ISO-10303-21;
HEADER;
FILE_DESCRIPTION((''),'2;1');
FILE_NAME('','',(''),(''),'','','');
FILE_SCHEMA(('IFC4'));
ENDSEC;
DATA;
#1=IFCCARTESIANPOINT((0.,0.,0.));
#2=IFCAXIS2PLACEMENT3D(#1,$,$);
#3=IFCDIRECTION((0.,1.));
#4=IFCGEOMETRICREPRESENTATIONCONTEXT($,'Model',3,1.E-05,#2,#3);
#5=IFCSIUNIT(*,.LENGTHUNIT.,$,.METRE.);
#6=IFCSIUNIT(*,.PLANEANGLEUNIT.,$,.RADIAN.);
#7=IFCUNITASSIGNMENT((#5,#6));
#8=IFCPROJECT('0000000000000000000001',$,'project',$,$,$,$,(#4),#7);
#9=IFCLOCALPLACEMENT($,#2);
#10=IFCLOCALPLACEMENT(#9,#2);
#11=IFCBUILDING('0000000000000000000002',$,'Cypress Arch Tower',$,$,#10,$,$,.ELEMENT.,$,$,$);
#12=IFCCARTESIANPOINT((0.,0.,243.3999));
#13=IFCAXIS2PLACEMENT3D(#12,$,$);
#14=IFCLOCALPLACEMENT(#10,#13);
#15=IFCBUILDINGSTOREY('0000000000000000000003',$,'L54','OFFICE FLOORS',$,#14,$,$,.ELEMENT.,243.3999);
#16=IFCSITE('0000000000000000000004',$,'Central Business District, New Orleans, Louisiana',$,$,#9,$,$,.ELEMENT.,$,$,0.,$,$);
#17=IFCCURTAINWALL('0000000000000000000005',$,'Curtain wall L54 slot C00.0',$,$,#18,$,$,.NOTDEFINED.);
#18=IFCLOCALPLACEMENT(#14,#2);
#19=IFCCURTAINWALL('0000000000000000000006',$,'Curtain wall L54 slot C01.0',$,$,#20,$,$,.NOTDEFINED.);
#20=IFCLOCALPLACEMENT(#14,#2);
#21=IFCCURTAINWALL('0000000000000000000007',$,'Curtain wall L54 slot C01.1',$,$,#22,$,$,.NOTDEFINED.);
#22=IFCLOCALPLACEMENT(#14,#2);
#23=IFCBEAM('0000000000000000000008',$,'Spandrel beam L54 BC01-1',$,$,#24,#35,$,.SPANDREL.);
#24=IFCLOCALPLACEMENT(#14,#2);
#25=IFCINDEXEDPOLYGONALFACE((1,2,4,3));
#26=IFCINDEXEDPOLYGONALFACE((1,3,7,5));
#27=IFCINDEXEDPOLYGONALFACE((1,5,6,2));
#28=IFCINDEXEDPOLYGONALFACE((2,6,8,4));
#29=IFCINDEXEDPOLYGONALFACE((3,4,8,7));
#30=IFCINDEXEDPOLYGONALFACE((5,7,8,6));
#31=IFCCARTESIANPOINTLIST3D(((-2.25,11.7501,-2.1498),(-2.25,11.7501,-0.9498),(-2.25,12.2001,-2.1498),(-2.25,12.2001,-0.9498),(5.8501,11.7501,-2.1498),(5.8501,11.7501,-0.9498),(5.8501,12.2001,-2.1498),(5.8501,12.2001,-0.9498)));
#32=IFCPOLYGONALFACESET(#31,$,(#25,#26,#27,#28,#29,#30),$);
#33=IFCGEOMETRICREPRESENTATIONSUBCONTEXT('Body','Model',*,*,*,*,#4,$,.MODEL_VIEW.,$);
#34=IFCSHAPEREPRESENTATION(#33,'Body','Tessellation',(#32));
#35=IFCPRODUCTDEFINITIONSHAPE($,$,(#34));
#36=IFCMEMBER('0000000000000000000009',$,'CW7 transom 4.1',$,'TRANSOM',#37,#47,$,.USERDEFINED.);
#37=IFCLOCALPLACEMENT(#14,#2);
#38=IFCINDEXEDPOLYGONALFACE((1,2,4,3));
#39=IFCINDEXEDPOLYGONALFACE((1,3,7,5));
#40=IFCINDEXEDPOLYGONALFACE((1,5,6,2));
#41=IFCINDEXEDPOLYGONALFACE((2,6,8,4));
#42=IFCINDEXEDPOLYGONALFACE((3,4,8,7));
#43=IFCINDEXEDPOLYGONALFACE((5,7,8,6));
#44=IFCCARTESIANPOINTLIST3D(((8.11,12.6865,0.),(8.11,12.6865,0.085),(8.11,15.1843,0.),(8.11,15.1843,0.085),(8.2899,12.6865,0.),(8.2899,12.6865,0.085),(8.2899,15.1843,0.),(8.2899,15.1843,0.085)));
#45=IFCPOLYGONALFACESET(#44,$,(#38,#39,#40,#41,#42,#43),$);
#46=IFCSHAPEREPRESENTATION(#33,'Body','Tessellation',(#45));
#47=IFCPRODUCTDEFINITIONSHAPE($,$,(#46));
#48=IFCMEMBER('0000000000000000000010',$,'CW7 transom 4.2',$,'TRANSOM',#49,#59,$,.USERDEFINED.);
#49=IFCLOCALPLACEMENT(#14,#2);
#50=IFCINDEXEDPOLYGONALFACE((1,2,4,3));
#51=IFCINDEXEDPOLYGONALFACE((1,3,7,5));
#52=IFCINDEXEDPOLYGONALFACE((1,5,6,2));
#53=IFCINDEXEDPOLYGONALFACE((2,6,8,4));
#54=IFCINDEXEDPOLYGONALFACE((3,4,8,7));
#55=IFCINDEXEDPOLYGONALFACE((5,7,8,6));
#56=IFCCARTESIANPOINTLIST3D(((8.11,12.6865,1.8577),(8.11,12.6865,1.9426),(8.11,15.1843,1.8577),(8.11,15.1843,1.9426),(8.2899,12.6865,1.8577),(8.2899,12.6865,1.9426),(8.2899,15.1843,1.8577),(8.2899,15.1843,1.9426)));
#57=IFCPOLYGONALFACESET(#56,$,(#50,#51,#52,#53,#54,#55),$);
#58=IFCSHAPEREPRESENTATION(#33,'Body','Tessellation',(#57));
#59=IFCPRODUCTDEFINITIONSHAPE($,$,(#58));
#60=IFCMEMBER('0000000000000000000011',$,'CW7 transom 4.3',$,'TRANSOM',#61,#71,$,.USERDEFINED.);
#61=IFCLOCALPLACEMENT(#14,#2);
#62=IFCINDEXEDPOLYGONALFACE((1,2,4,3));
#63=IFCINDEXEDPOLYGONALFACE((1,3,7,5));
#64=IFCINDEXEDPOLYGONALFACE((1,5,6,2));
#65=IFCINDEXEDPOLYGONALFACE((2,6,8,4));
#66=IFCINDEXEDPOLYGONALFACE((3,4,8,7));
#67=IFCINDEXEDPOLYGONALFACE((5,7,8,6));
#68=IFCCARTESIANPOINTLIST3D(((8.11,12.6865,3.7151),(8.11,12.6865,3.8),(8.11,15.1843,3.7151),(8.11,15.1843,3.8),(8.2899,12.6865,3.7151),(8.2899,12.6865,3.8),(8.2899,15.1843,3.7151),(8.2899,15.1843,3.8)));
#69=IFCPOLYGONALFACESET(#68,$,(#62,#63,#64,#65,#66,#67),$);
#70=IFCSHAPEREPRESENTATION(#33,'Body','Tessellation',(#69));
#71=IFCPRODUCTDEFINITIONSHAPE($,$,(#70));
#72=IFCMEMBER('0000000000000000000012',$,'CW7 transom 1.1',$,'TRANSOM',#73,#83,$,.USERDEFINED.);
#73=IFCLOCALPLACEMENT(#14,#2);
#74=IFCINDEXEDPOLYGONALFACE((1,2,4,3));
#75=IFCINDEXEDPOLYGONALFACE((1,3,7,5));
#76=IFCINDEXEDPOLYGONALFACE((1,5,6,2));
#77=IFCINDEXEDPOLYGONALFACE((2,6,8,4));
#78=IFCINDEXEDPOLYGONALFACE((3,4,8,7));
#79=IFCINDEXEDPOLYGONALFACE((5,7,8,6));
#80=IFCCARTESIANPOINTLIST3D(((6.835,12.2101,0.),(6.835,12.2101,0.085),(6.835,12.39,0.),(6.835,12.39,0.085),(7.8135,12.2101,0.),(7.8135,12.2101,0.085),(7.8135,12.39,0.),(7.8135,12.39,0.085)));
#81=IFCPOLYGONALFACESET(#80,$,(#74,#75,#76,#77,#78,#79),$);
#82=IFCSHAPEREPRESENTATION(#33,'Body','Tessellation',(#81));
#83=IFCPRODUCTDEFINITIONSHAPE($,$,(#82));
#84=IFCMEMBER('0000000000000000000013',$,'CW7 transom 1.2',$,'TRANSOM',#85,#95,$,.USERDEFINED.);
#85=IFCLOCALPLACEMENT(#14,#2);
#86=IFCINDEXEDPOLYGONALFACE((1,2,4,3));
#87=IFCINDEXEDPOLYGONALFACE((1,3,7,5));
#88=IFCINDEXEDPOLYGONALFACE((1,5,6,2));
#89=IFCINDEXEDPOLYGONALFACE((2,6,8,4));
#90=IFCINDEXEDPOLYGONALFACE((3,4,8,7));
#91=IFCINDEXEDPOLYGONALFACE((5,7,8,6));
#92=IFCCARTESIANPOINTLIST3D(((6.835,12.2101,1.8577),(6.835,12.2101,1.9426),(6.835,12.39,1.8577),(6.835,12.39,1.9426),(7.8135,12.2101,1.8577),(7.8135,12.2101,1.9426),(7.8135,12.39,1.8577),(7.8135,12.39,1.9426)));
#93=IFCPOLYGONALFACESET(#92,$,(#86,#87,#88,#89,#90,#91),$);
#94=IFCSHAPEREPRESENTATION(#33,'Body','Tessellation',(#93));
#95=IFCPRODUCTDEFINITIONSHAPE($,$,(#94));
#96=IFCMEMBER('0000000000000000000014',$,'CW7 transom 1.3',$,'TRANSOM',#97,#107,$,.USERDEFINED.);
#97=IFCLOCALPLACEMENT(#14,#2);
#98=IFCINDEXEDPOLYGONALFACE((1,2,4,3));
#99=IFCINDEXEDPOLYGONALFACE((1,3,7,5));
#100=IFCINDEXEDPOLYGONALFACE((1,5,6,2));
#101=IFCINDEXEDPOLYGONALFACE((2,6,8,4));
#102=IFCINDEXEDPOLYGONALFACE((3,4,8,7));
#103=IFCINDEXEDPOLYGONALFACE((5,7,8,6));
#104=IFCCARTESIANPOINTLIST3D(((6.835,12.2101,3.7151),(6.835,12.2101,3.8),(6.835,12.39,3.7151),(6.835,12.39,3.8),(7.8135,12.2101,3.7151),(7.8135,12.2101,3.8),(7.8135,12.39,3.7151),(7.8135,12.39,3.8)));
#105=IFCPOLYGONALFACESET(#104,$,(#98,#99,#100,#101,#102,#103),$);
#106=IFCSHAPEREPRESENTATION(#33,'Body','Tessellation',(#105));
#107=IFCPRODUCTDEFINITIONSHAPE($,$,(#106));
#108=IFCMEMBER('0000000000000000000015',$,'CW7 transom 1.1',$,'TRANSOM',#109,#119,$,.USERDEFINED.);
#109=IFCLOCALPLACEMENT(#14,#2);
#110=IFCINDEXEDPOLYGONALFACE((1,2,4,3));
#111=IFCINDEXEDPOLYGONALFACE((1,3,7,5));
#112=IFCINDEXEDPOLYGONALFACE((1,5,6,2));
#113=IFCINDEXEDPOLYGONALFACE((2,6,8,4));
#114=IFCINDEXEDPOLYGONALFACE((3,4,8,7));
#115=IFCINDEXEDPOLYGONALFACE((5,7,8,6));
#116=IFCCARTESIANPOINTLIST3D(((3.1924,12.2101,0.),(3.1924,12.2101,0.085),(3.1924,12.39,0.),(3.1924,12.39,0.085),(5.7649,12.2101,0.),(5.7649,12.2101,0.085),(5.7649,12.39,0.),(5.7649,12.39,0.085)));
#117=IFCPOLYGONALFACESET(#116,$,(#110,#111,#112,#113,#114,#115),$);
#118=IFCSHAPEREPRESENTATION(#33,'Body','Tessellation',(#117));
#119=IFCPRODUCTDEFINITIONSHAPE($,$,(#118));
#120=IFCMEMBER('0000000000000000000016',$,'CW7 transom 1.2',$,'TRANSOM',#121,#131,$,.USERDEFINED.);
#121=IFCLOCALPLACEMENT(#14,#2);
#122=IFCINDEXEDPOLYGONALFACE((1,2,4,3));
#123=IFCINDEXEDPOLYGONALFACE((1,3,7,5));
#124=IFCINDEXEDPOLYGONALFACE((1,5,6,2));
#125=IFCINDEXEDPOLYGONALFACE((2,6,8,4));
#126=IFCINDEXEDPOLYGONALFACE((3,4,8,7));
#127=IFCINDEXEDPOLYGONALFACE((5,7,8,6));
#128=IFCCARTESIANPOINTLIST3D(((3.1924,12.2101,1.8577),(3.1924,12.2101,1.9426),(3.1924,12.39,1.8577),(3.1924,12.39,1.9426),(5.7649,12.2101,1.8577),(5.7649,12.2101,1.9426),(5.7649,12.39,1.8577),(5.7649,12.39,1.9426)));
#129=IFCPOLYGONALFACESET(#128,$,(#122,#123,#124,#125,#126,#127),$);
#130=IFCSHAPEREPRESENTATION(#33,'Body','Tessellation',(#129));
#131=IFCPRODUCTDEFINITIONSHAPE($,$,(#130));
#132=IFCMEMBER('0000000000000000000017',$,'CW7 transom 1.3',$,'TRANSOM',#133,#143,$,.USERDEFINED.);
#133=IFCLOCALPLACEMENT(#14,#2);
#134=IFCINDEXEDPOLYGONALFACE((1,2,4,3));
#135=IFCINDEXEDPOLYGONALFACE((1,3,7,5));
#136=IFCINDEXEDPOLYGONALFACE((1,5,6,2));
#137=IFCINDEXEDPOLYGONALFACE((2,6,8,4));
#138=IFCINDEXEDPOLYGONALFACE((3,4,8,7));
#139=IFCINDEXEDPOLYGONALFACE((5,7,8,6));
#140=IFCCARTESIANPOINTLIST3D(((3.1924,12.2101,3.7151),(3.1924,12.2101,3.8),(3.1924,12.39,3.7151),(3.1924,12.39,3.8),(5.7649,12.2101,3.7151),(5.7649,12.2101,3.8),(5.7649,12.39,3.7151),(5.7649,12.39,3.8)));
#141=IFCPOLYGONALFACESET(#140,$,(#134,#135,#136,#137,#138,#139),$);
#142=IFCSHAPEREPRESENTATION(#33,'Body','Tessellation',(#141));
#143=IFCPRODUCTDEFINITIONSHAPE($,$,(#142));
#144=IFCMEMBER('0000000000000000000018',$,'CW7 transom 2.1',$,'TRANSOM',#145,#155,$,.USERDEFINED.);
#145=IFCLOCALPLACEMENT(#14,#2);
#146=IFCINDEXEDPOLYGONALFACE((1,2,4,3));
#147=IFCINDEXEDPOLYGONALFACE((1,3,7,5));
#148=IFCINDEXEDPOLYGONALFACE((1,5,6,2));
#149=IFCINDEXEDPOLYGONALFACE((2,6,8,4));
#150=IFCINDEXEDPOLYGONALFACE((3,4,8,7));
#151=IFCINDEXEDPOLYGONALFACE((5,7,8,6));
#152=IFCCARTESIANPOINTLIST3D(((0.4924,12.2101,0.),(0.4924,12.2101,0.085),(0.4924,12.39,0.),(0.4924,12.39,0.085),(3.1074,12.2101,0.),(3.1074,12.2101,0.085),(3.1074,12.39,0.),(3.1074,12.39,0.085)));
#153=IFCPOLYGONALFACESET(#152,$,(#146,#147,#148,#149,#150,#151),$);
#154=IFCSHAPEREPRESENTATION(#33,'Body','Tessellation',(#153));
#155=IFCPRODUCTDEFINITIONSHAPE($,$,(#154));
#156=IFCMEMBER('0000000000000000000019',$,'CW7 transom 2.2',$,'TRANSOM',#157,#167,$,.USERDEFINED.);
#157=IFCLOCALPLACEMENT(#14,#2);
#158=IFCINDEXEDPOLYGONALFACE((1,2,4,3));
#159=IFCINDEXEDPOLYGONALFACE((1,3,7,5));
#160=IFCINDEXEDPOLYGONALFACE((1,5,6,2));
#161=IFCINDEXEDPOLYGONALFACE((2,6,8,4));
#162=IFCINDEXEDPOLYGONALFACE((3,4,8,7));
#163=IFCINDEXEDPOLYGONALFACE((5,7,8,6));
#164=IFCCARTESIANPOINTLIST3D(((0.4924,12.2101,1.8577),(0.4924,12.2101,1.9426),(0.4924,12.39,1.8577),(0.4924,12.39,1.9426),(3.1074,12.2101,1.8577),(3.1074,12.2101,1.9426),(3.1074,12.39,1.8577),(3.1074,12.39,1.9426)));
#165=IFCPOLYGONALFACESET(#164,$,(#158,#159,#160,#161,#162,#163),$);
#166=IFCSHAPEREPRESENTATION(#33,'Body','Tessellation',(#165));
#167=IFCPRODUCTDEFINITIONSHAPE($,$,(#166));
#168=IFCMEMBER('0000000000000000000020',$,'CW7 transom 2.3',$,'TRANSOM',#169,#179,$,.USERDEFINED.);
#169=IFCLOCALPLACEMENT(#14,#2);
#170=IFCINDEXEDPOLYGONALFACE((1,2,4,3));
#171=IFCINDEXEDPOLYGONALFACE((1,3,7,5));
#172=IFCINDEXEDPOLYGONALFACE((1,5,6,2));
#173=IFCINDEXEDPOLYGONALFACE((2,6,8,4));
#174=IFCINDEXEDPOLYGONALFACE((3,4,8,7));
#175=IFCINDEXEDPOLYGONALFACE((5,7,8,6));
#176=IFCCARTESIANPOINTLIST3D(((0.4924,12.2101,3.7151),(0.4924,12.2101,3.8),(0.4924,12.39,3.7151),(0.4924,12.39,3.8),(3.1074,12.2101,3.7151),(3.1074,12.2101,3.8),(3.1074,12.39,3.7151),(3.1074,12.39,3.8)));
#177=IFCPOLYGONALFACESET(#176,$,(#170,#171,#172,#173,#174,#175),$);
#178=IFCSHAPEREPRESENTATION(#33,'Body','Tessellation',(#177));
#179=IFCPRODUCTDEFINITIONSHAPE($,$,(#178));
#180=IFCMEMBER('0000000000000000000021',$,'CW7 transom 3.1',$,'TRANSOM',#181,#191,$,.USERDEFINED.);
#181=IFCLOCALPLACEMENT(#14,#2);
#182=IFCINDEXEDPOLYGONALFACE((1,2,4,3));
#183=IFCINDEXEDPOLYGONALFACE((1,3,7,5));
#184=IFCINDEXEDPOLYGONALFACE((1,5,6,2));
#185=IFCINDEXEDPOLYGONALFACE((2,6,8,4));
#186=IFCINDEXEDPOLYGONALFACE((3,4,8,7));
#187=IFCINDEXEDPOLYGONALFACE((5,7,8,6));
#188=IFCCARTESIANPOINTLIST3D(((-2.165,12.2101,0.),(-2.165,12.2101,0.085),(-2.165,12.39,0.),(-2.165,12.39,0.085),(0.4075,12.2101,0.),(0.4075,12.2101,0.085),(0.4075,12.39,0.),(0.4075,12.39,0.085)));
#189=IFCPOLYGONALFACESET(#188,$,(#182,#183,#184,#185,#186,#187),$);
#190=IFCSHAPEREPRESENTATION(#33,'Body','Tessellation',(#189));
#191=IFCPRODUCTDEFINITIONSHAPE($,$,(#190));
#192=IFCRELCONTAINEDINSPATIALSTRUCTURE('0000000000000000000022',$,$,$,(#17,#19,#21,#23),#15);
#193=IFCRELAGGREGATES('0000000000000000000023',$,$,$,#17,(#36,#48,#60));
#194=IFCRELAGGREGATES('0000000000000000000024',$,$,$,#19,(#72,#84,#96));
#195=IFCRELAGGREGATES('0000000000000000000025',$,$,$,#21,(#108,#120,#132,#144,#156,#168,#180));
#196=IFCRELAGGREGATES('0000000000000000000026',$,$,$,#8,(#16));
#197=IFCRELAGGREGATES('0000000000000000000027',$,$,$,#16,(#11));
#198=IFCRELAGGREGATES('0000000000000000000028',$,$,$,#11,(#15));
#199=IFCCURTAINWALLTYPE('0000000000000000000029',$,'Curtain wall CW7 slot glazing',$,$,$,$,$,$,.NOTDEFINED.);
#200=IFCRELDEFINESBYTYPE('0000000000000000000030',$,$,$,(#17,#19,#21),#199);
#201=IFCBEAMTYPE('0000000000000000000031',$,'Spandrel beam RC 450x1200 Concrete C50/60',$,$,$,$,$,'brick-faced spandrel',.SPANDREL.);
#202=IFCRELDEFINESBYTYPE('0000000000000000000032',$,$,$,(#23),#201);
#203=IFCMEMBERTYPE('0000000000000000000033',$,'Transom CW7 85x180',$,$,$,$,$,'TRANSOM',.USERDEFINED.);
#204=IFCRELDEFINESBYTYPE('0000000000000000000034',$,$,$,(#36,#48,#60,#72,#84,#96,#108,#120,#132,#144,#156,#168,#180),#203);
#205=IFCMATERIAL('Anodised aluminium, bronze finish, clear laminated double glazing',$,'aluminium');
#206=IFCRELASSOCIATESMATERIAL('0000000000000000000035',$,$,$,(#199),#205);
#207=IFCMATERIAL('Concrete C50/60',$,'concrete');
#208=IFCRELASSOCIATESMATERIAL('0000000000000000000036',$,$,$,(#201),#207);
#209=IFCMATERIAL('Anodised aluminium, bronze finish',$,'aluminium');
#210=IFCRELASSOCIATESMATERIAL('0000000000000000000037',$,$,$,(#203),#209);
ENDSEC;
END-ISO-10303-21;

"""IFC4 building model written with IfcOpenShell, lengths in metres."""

from ifc_helpers import new_model, si_unit, direction, frame, origin, origin_2d, place, context, subcontext, project, spatial, rectangle, extrude, material, material_profile, profile_set, type_object, element, aggregate, save


model = new_model("IFC4")

# Units and contexts
model_context = context("Model", 3, precision=1e-05, world=origin(), true_north=direction((0.0, 1.0)))
body_context = subcontext(model_context, "Body", "Model", "MODEL_VIEW")
ifc_project = project(units=[si_unit("LENGTHUNIT", "METRE"), si_unit("PLANEANGLEUNIT", "RADIAN")], contexts=[model_context])

# Site, building, storey
site_placement = place(None, origin())
site = spatial("IfcSite", under=ifc_project, at=site_placement, Name="Central Business District, New Orleans, Louisiana", CompositionType="ELEMENT", RefElevation=0.0)
building_placement = place(site_placement, origin())
building = spatial("IfcBuilding", under=site, at=building_placement, Name="Cypress Arch Tower", CompositionType="ELEMENT")
storey_placement = place(building_placement, frame((0.0, 0.0, 243.3999)))
storey = spatial("IfcBuildingStorey", under=building, at=storey_placement, Name="L54", Description="OFFICE FLOORS", CompositionType="ELEMENT", Elevation=243.3999)

# Curtain walls
ifc_material_1 = material(Name="Anodised aluminium, bronze finish, clear laminated double glazing", Category="aluminium")
curtain_wall_type = type_object("IfcCurtainWallType", Name="Curtain wall CW7 slot glazing", PredefinedType="NOTDEFINED", material=ifc_material_1)
curtain_wall_1_placement = place(storey_placement, origin())
curtain_wall_1 = element("IfcCurtainWall", 1, at=curtain_wall_1_placement, inside=storey, type_object=curtain_wall_type, Name="Curtain wall L54 slot C00.0", PredefinedType="NOTDEFINED")
curtain_wall_2_placement = place(storey_placement, origin())
curtain_wall_2 = element("IfcCurtainWall", 2, at=curtain_wall_2_placement, inside=storey, type_object=curtain_wall_type, Name="Curtain wall L54 slot C01.0", PredefinedType="NOTDEFINED")
curtain_wall_3_placement = place(storey_placement, origin())
curtain_wall_3 = element("IfcCurtainWall", 3, at=curtain_wall_3_placement, inside=storey, type_object=curtain_wall_type, Name="Curtain wall L54 slot C01.1", PredefinedType="NOTDEFINED")

# Beam
ifc_material_2 = material(Name="Concrete C50/60", Category="concrete")
ifc_material_profile_1 = material_profile(ifc_material_2, rectangle(XDim=0.45, YDim=1.2, at=origin_2d()), Name="RC 450x1200")
ifc_profile_set_1 = profile_set([ifc_material_profile_1], Name="Concrete C50/60")
beam_type_1 = type_object("IfcBeamType", Name="Spandrel beam RC 450x1200 Concrete C50/60", ElementType="brick-faced spandrel", PredefinedType="SPANDREL", material=ifc_profile_set_1)
beam_1_placement = place(storey_placement, frame((5.8501, 11.9751, -1.5498), z_axis=(-1.0, 0.0, 0.0), x_axis=(0.0, -1.0, 0.0)))
element("IfcBeam", 4, at=beam_1_placement, inside=storey, type_object=beam_type_1, Name="Spandrel beam L54 BC01-1", PredefinedType="SPANDREL", context=body_context, shape_type="SweptSolid", body=[
    extrude(rectangle(XDim=0.45, YDim=1.2, at=origin_2d()), origin(), (0.0, 0.0, 1.0), 8.1001),
])

# Members
ifc_material_3 = material(Name="Anodised aluminium, bronze finish", Category="aluminium")
ifc_material_profile_2 = material_profile(ifc_material_3, rectangle(XDim=0.1799, YDim=0.085, at=origin_2d()), Name="Transom 85x180")
ifc_profile_set_2 = profile_set([ifc_material_profile_2], Name="Anodised aluminium, bronze finish")
member_type_1 = type_object("IfcMemberType", Name="Transom CW7 85x180", ElementType="TRANSOM", PredefinedType="USERDEFINED", material=ifc_profile_set_2)
member_1_placement = place(storey_placement, frame((8.2, 15.1843, 0.0425), z_axis=(0.0, -1.0, 0.0), x_axis=(1.0, 0.0, 0.0)))
member_1 = element("IfcMember", 5, at=member_1_placement, type_object=member_type_1, Name="CW7 transom 4.1", ObjectType="TRANSOM", PredefinedType="USERDEFINED", context=body_context, shape_type="SweptSolid", body=[
    extrude(rectangle(XDim=0.1799, YDim=0.085, at=origin_2d()), origin(), (0.0, 0.0, 1.0), 2.4978),
])
member_2_placement = place(storey_placement, frame((8.2, 15.1843, 1.9001), z_axis=(0.0, -1.0, 0.0), x_axis=(1.0, 0.0, 0.0)))
member_2 = element("IfcMember", 6, at=member_2_placement, type_object=member_type_1, Name="CW7 transom 4.2", ObjectType="TRANSOM", PredefinedType="USERDEFINED", context=body_context, shape_type="SweptSolid", body=[
    extrude(rectangle(XDim=0.1799, YDim=0.085, at=origin_2d()), origin(), (0.0, 0.0, 1.0), 2.4978),
])
member_3_placement = place(storey_placement, frame((8.2, 15.1843, 3.7576), z_axis=(0.0, -1.0, 0.0), x_axis=(1.0, 0.0, 0.0)))
member_3 = element("IfcMember", 7, at=member_3_placement, type_object=member_type_1, Name="CW7 transom 4.3", ObjectType="TRANSOM", PredefinedType="USERDEFINED", context=body_context, shape_type="SweptSolid", body=[
    extrude(rectangle(XDim=0.1799, YDim=0.085, at=origin_2d()), origin(), (0.0, 0.0, 1.0), 2.4978),
])
member_4_placement = place(storey_placement, frame((7.8135, 12.3, 0.0425), z_axis=(-1.0, 0.0, 0.0), x_axis=(0.0, -1.0, 0.0)))
member_4 = element("IfcMember", 8, at=member_4_placement, type_object=member_type_1, Name="CW7 transom 1.1", ObjectType="TRANSOM", PredefinedType="USERDEFINED", context=body_context, shape_type="SweptSolid", body=[
    extrude(rectangle(XDim=0.1799, YDim=0.085, at=origin_2d()), origin(), (0.0, 0.0, 1.0), 0.9785),
])
member_5_placement = place(storey_placement, frame((7.8135, 12.3, 1.9001), z_axis=(-1.0, 0.0, 0.0), x_axis=(0.0, -1.0, 0.0)))
member_5 = element("IfcMember", 9, at=member_5_placement, type_object=member_type_1, Name="CW7 transom 1.2", ObjectType="TRANSOM", PredefinedType="USERDEFINED", context=body_context, shape_type="SweptSolid", body=[
    extrude(rectangle(XDim=0.1799, YDim=0.085, at=origin_2d()), origin(), (0.0, 0.0, 1.0), 0.9785),
])
member_6_placement = place(storey_placement, frame((7.8135, 12.3, 3.7576), z_axis=(-1.0, 0.0, 0.0), x_axis=(0.0, -1.0, 0.0)))
member_6 = element("IfcMember", 10, at=member_6_placement, type_object=member_type_1, Name="CW7 transom 1.3", ObjectType="TRANSOM", PredefinedType="USERDEFINED", context=body_context, shape_type="SweptSolid", body=[
    extrude(rectangle(XDim=0.1799, YDim=0.085, at=origin_2d()), origin(), (0.0, 0.0, 1.0), 0.9785),
])
member_7_placement = place(storey_placement, frame((5.7649, 12.3, 0.0425), z_axis=(-1.0, 0.0, 0.0), x_axis=(0.0, -1.0, 0.0)))
member_7 = element("IfcMember", 11, at=member_7_placement, type_object=member_type_1, Name="CW7 transom 1.1", ObjectType="TRANSOM", PredefinedType="USERDEFINED", context=body_context, shape_type="SweptSolid", body=[
    extrude(rectangle(XDim=0.1799, YDim=0.085, at=origin_2d()), origin(), (0.0, 0.0, 1.0), 2.5725),
])
member_8_placement = place(storey_placement, frame((5.7649, 12.3, 1.9001), z_axis=(-1.0, 0.0, 0.0), x_axis=(0.0, -1.0, 0.0)))
member_8 = element("IfcMember", 12, at=member_8_placement, type_object=member_type_1, Name="CW7 transom 1.2", ObjectType="TRANSOM", PredefinedType="USERDEFINED", context=body_context, shape_type="SweptSolid", body=[
    extrude(rectangle(XDim=0.1799, YDim=0.085, at=origin_2d()), origin(), (0.0, 0.0, 1.0), 2.5725),
])
member_9_placement = place(storey_placement, frame((5.7649, 12.3, 3.7576), z_axis=(-1.0, 0.0, 0.0), x_axis=(0.0, -1.0, 0.0)))
member_9 = element("IfcMember", 13, at=member_9_placement, type_object=member_type_1, Name="CW7 transom 1.3", ObjectType="TRANSOM", PredefinedType="USERDEFINED", context=body_context, shape_type="SweptSolid", body=[
    extrude(rectangle(XDim=0.1799, YDim=0.085, at=origin_2d()), origin(), (0.0, 0.0, 1.0), 2.5725),
])
member_10_placement = place(storey_placement, frame((3.1074, 12.3, 0.0425), z_axis=(-1.0, 0.0, 0.0), x_axis=(0.0, -1.0, 0.0)))
member_10 = element("IfcMember", 14, at=member_10_placement, type_object=member_type_1, Name="CW7 transom 2.1", ObjectType="TRANSOM", PredefinedType="USERDEFINED", context=body_context, shape_type="SweptSolid", body=[
    extrude(rectangle(XDim=0.1799, YDim=0.085, at=origin_2d()), origin(), (0.0, 0.0, 1.0), 2.615),
])
member_11_placement = place(storey_placement, frame((3.1074, 12.3, 1.9001), z_axis=(-1.0, 0.0, 0.0), x_axis=(0.0, -1.0, 0.0)))
member_11 = element("IfcMember", 15, at=member_11_placement, type_object=member_type_1, Name="CW7 transom 2.2", ObjectType="TRANSOM", PredefinedType="USERDEFINED", context=body_context, shape_type="SweptSolid", body=[
    extrude(rectangle(XDim=0.1799, YDim=0.085, at=origin_2d()), origin(), (0.0, 0.0, 1.0), 2.615),
])
member_12_placement = place(storey_placement, frame((3.1074, 12.3, 3.7576), z_axis=(-1.0, 0.0, 0.0), x_axis=(0.0, -1.0, 0.0)))
member_12 = element("IfcMember", 16, at=member_12_placement, type_object=member_type_1, Name="CW7 transom 2.3", ObjectType="TRANSOM", PredefinedType="USERDEFINED", context=body_context, shape_type="SweptSolid", body=[
    extrude(rectangle(XDim=0.1799, YDim=0.085, at=origin_2d()), origin(), (0.0, 0.0, 1.0), 2.615),
])
member_13_placement = place(storey_placement, frame((0.4075, 12.3, 0.0425), z_axis=(-1.0, 0.0, 0.0), x_axis=(0.0, -1.0, 0.0)))
member_13 = element("IfcMember", 17, at=member_13_placement, type_object=member_type_1, Name="CW7 transom 3.1", ObjectType="TRANSOM", PredefinedType="USERDEFINED", context=body_context, shape_type="SweptSolid", body=[
    extrude(rectangle(XDim=0.1799, YDim=0.085, at=origin_2d()), origin(), (0.0, 0.0, 1.0), 2.5725),
])

aggregate(curtain_wall_1, [member_1, member_2, member_3])
aggregate(curtain_wall_2, [member_4, member_5, member_6])
aggregate(curtain_wall_3, [member_7, member_8, member_9, member_10, member_11, member_12, member_13])

save(model, "model.ifc")
